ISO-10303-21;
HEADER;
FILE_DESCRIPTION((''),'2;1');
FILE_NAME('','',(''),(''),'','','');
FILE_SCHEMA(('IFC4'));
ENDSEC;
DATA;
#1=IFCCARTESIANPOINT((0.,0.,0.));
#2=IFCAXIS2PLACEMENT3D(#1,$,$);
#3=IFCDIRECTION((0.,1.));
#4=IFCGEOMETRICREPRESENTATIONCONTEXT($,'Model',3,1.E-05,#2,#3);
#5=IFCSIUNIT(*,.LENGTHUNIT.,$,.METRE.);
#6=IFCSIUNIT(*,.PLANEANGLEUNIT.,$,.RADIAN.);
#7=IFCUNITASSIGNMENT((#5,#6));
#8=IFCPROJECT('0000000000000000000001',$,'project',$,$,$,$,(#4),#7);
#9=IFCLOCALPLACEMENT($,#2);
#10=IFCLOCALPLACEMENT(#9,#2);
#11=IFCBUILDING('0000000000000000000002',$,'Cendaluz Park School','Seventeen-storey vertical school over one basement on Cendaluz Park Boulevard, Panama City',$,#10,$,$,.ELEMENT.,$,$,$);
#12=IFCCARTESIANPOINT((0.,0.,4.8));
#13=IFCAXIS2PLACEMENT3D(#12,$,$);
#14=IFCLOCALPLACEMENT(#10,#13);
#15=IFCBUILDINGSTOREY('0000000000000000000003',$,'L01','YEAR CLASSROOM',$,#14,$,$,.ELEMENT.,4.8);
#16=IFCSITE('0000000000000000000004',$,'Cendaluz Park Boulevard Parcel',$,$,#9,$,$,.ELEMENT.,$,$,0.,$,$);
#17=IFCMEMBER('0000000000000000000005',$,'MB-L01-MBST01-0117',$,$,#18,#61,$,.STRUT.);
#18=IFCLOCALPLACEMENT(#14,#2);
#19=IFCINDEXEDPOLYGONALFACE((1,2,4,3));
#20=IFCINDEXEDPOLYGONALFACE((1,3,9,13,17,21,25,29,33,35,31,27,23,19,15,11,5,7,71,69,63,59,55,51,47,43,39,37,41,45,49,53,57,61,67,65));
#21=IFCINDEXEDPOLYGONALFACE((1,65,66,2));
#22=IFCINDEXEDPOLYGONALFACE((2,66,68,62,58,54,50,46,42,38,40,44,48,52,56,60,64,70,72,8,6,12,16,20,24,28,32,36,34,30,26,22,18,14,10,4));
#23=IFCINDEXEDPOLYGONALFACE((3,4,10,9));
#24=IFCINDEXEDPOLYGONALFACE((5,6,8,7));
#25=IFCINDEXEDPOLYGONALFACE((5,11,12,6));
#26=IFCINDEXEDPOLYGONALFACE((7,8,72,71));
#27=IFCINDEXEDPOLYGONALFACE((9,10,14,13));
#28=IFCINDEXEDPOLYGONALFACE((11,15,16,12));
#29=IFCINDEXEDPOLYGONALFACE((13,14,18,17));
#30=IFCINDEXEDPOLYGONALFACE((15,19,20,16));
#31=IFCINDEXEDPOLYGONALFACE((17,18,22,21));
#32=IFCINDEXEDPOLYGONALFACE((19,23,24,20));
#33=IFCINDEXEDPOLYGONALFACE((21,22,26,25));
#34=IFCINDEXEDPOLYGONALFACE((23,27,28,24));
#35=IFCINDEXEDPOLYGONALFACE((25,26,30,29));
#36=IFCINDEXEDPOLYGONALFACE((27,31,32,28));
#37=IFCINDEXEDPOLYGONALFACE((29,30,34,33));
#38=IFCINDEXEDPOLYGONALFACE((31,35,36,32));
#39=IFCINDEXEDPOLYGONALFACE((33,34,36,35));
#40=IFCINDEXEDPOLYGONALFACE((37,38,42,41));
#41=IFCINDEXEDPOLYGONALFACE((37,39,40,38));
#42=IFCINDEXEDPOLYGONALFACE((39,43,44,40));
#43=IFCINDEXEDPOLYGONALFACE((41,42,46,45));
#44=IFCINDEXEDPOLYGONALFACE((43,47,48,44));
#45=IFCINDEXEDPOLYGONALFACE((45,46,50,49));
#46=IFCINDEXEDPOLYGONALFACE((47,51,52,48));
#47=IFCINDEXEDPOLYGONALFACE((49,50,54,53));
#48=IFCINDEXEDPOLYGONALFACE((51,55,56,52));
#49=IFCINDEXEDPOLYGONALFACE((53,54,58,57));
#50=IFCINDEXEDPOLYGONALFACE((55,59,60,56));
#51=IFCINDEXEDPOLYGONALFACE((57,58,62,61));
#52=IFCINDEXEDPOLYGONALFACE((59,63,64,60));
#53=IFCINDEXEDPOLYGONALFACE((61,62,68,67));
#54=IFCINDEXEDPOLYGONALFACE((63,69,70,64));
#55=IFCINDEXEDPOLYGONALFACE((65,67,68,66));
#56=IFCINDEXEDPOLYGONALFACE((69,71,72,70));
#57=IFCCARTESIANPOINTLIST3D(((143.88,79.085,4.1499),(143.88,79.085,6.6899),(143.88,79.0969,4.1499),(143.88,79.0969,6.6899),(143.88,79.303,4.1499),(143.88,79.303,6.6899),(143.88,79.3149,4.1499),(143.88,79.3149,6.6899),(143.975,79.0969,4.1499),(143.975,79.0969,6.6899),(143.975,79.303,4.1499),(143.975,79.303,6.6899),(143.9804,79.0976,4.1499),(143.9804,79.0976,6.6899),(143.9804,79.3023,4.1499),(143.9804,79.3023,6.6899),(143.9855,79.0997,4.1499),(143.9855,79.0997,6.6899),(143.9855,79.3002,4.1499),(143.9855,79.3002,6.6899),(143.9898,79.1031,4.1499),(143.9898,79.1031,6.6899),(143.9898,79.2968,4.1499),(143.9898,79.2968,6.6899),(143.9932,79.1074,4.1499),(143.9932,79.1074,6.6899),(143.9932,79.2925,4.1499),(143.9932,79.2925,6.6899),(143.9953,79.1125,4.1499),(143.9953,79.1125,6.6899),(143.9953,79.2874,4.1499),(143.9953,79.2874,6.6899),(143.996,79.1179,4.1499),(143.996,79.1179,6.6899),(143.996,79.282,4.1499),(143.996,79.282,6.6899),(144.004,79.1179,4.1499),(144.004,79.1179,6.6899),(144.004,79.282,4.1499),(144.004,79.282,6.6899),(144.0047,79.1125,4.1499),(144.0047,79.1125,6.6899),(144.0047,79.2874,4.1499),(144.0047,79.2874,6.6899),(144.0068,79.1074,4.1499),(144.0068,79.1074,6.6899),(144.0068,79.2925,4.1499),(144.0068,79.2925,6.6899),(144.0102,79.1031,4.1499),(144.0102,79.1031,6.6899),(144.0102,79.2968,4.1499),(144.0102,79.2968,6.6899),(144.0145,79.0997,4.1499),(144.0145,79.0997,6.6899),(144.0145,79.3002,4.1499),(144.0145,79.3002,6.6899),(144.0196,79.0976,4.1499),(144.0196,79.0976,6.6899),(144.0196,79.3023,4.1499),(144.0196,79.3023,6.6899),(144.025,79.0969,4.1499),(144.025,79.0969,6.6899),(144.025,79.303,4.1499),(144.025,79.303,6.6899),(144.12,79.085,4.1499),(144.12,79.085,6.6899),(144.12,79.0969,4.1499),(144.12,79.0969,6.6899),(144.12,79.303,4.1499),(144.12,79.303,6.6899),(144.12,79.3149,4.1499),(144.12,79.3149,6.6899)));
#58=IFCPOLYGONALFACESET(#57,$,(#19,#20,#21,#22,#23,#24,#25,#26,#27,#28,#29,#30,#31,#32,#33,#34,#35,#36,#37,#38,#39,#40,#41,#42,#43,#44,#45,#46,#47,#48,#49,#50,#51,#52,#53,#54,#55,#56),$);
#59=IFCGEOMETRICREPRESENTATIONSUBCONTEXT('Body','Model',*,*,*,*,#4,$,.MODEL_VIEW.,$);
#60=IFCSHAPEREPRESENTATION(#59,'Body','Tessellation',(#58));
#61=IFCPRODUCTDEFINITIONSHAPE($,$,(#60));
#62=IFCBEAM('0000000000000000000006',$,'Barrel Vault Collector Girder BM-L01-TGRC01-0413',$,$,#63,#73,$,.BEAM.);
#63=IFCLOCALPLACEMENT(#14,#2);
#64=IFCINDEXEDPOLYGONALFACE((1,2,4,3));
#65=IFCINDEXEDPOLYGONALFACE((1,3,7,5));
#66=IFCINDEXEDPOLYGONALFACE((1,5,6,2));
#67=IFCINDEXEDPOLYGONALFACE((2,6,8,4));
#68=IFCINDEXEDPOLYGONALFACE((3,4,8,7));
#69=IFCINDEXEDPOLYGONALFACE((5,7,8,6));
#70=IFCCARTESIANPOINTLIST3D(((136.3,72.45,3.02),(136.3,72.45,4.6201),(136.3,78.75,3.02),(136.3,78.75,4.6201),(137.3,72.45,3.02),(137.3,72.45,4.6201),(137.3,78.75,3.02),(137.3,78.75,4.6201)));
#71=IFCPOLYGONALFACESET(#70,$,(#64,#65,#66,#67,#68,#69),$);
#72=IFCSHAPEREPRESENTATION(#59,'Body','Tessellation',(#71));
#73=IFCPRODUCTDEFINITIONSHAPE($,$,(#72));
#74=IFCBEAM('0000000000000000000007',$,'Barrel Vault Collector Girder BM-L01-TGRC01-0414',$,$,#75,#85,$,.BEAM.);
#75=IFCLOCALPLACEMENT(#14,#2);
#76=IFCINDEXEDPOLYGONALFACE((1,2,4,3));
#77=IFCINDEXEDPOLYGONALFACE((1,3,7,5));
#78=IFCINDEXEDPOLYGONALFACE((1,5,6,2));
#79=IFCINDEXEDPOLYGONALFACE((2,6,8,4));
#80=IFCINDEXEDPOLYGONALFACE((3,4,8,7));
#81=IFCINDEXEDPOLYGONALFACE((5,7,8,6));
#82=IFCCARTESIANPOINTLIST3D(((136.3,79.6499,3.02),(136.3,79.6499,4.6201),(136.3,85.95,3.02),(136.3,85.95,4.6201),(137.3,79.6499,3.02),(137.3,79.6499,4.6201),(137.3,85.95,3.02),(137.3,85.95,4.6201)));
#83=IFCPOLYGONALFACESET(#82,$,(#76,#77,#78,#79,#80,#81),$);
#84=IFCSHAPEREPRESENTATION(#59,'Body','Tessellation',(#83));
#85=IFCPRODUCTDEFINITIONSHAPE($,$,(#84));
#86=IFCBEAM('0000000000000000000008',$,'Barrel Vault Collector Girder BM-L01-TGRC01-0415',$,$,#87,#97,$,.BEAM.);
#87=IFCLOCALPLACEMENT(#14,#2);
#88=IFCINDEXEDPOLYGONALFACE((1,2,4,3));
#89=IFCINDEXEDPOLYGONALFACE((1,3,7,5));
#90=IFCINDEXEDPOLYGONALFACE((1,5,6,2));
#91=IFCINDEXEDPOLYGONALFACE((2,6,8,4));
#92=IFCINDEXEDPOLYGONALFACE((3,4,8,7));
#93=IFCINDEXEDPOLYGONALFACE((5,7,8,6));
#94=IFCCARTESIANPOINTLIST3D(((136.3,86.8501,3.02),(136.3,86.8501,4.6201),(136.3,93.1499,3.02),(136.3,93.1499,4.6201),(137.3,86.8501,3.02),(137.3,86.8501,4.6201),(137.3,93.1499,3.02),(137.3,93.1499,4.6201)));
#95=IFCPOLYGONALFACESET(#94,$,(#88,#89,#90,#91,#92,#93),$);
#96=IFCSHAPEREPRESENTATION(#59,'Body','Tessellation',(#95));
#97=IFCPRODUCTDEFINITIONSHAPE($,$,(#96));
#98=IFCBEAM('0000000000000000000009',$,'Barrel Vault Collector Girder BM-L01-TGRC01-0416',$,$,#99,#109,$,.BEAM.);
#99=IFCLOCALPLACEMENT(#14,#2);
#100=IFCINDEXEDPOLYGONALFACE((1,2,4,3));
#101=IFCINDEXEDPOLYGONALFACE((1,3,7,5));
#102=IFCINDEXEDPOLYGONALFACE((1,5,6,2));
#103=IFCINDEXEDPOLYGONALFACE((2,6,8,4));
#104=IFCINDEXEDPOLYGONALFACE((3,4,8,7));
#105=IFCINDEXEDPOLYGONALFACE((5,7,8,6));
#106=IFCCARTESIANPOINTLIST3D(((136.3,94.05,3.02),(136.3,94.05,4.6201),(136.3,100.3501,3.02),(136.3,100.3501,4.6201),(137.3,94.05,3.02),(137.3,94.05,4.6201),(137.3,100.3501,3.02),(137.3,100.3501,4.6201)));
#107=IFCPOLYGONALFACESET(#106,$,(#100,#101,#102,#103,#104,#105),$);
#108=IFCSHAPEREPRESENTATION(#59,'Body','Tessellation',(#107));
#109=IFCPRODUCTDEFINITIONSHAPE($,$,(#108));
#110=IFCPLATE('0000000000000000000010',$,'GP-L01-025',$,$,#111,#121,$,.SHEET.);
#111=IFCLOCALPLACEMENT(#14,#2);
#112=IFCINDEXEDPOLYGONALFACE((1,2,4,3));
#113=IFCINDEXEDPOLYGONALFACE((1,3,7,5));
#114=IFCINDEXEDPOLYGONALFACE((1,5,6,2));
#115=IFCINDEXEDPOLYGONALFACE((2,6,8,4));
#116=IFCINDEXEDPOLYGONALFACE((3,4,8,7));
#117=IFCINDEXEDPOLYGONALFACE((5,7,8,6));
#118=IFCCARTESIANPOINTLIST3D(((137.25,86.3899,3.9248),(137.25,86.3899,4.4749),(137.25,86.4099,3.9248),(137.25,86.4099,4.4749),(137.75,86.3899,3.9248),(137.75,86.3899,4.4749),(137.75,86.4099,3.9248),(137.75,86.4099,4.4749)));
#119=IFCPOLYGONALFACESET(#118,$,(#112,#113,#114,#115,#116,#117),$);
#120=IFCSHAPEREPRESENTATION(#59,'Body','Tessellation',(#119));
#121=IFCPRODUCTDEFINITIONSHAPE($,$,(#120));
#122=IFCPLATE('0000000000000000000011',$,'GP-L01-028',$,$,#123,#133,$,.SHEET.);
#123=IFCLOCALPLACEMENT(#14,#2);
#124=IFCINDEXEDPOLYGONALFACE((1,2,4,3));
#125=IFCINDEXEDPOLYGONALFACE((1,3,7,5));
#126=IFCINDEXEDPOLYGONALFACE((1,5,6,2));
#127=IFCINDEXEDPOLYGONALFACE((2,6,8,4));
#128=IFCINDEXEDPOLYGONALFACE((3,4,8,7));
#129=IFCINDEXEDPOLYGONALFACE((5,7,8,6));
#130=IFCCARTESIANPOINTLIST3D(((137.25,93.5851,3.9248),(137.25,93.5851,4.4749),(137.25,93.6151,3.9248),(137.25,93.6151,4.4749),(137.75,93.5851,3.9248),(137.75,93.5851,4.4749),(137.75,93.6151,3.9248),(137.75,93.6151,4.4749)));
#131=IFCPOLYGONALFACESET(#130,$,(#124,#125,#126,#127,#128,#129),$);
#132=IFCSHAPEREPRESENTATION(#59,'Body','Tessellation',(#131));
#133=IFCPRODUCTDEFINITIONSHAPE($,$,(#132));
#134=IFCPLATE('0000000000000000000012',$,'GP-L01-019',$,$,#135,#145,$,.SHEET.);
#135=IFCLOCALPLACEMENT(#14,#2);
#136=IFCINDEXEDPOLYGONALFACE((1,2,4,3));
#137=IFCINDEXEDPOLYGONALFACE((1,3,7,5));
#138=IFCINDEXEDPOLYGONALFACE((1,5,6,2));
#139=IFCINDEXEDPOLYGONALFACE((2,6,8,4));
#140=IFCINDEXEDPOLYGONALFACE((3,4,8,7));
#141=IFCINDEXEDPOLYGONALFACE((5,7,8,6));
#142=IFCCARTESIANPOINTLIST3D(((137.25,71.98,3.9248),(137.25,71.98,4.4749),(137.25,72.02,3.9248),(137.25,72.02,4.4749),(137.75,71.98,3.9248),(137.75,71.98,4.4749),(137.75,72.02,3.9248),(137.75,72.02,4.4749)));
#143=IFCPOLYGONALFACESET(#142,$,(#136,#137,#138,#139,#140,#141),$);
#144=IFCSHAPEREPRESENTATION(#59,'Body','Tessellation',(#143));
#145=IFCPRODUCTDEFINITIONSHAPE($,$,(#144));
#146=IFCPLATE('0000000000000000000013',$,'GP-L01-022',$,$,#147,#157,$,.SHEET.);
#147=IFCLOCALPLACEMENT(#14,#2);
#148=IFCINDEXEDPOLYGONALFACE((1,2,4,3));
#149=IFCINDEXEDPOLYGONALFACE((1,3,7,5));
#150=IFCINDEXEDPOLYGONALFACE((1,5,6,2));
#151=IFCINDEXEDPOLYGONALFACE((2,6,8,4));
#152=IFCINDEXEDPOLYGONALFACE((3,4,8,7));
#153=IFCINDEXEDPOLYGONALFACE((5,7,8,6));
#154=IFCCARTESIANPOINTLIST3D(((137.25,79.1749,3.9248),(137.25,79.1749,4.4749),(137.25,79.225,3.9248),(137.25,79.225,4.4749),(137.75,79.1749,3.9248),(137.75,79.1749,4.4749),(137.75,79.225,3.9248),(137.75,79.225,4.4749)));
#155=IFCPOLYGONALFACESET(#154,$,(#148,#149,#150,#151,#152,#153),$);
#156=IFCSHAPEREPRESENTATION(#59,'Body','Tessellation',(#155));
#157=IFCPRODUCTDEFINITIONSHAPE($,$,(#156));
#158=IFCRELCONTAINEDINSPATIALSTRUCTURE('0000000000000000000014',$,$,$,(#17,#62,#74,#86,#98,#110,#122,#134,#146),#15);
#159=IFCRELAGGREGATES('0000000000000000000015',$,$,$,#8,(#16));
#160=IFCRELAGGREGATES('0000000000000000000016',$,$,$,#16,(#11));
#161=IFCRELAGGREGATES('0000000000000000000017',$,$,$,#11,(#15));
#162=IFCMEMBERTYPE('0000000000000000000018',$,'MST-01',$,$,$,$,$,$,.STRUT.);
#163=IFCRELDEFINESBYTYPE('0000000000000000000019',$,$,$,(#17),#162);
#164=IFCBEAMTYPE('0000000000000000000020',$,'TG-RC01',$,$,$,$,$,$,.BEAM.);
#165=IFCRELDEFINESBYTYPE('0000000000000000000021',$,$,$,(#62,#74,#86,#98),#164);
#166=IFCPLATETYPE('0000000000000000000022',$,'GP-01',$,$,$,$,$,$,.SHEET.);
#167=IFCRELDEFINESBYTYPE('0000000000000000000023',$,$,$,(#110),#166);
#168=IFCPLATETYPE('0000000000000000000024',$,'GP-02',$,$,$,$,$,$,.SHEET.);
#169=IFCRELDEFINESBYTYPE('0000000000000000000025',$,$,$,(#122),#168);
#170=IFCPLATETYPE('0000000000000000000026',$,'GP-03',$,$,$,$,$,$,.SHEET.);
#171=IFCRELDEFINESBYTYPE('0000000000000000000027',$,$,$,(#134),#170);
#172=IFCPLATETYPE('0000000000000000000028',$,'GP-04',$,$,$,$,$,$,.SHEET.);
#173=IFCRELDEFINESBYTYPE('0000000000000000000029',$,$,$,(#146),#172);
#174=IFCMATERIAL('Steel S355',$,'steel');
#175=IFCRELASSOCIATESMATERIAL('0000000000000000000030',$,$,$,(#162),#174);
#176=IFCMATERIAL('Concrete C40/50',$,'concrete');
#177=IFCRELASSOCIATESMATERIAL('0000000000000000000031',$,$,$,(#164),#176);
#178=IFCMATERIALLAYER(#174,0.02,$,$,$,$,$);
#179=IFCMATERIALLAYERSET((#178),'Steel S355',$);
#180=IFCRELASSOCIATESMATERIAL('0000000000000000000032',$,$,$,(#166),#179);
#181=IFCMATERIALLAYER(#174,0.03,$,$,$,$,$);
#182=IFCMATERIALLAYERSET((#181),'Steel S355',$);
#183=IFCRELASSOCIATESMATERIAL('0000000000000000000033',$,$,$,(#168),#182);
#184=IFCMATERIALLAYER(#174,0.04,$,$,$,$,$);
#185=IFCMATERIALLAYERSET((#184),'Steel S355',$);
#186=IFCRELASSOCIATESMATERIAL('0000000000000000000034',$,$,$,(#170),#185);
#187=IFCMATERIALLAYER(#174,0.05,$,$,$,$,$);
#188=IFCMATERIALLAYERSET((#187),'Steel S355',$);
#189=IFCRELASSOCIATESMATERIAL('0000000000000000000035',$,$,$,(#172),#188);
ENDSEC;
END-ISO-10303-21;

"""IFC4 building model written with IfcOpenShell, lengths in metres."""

from ifc_helpers import new_model, si_unit, direction, frame, origin, origin_2d, place, context, subcontext, project, spatial, rectangle, i_section, extrude, material, layer, layer_set, material_profile, profile_set, type_object, element, save


model = new_model("IFC4")

# Units and contexts
model_context = context("Model", 3, precision=1e-05, world=origin(), true_north=direction((0.0, 1.0)))
body_context = subcontext(model_context, "Body", "Model", "MODEL_VIEW")
ifc_project = project(units=[si_unit("LENGTHUNIT", "METRE"), si_unit("PLANEANGLEUNIT", "RADIAN")], contexts=[model_context])

# Site, building, storey
site_placement = place(None, origin())
site = spatial("IfcSite", under=ifc_project, at=site_placement, Name="Cendaluz Park Boulevard Parcel", CompositionType="ELEMENT", RefElevation=0.0)
building_placement = place(site_placement, origin())
building = spatial("IfcBuilding", under=site, at=building_placement, Name="Cendaluz Park School", Description="Seventeen-storey vertical school over one basement on Cendaluz Park Boulevard, Panama City", CompositionType="ELEMENT")
storey_placement = place(building_placement, frame((0.0, 0.0, 4.8)))
storey = spatial("IfcBuildingStorey", under=building, at=storey_placement, Name="L01", Description="YEAR CLASSROOM", CompositionType="ELEMENT", Elevation=4.8)

# Shared definitions
ifc_material_1 = material(Name="Concrete C40/50", Category="concrete")

# Shared definitions
ifc_material_2 = material(Name="Steel S355", Category="steel")

# Member
ifc_material_profile_1 = material_profile(ifc_material_2, i_section(OverallWidth=0.24, OverallDepth=0.23, WebThickness=0.0081, FlangeThickness=0.012, FilletRadius=0.021, at=origin_2d()), Name="HEA 240", Category="steel")
ifc_profile_set_1 = profile_set([ifc_material_profile_1], Name="Steel S355")
member_type_1 = type_object("IfcMemberType", Name="MST-01", PredefinedType="STRUT", material=ifc_profile_set_1)
for number, where, z_axis, x_axis, name in (
    (1, (144.0, 79.2, 4.1499), (0.0, 0.0, 1.0), (1.0, 0.0, 0.0), "MB-L01-MBST01-0117"),
):
    element("IfcMember", number, at=place(storey_placement, frame(where, z_axis=z_axis, x_axis=x_axis)), inside=storey, type_object=member_type_1, Name=name, PredefinedType="STRUT", context=body_context, shape_type="SweptSolid", body=[
        extrude(i_section(OverallWidth=0.24, OverallDepth=0.23, WebThickness=0.0081, FlangeThickness=0.012, FilletRadius=0.021, at=origin_2d()), origin(), (0.0, 0.0, 1.0), 2.54),
    ])

# Beams
ifc_material_profile_2 = material_profile(ifc_material_1, rectangle(XDim=1.0, YDim=1.6001, at=origin_2d()), Name="RC 1000x1600", Category="concrete")
ifc_profile_set_2 = profile_set([ifc_material_profile_2], Name="Concrete C40/50")
beam_type_1 = type_object("IfcBeamType", Name="TG-RC01", PredefinedType="BEAM", material=ifc_profile_set_2)
for number, where, z_axis, x_axis, name in (
    (2, (136.8, 72.45, 3.8201), (0.0, 1.0, 0.0), (-1.0, 0.0, 0.0), "Barrel Vault Collector Girder BM-L01-TGRC01-0413"),
    (3, (136.8, 79.6499, 3.8201), (0.0, 1.0, 0.0), (-1.0, 0.0, 0.0), "Barrel Vault Collector Girder BM-L01-TGRC01-0414"),
):
    element("IfcBeam", number, at=place(storey_placement, frame(where, z_axis=z_axis, x_axis=x_axis)), inside=storey, type_object=beam_type_1, Name=name, PredefinedType="BEAM", context=body_context, shape_type="SweptSolid", body=[
        extrude(rectangle(XDim=1.0, YDim=1.6001, at=origin_2d()), origin(), (0.0, 0.0, 1.0), 6.3),
    ])
beam_1_placement = place(storey_placement, frame((136.8, 86.8501, 3.8201), z_axis=(0.0, 1.0, 0.0), x_axis=(-1.0, 0.0, 0.0)))
element("IfcBeam", 4, at=beam_1_placement, inside=storey, type_object=beam_type_1, Name="Barrel Vault Collector Girder BM-L01-TGRC01-0415", PredefinedType="BEAM", context=body_context, shape_type="SweptSolid", body=[
    extrude(rectangle(XDim=1.0, YDim=1.6001, at=origin_2d()), origin(), (0.0, 0.0, 1.0), 6.2998),
])
beam_2_placement = place(storey_placement, frame((136.8, 94.05, 3.8201), z_axis=(0.0, 1.0, 0.0), x_axis=(-1.0, 0.0, 0.0)))
element("IfcBeam", 5, at=beam_2_placement, inside=storey, type_object=beam_type_1, Name="Barrel Vault Collector Girder BM-L01-TGRC01-0416", PredefinedType="BEAM", context=body_context, shape_type="SweptSolid", body=[
    extrude(rectangle(XDim=1.0, YDim=1.6001, at=origin_2d()), origin(), (0.0, 0.0, 1.0), 6.3),
])

# Plates
ifc_layer_1 = layer(ifc_material_2, 0.02)
ifc_layer_set_1 = layer_set([ifc_layer_1], Name="Steel S355")
plate_type_1 = type_object("IfcPlateType", Name="GP-01", PredefinedType="SHEET", material=ifc_layer_set_1)
plate_1_placement = place(storey_placement, frame((137.5, 86.3999, 3.9248), z_axis=(0.0, 0.0, 1.0), x_axis=(1.0, 0.0, 0.0)))
element("IfcPlate", 6, at=plate_1_placement, inside=storey, type_object=plate_type_1, Name="GP-L01-025", PredefinedType="SHEET", context=body_context, shape_type="SweptSolid", body=[
    extrude(rectangle(XDim=0.5, YDim=0.02, at=origin_2d()), origin(), (0.0, 0.0, 1.0), 0.55),
])
ifc_layer_2 = layer(ifc_material_2, 0.03)
ifc_layer_set_2 = layer_set([ifc_layer_2], Name="Steel S355")
plate_type_2 = type_object("IfcPlateType", Name="GP-02", PredefinedType="SHEET", material=ifc_layer_set_2)
plate_2_placement = place(storey_placement, frame((137.5, 93.6001, 3.9248), z_axis=(0.0, 0.0, 1.0), x_axis=(1.0, 0.0, 0.0)))
element("IfcPlate", 7, at=plate_2_placement, inside=storey, type_object=plate_type_2, Name="GP-L01-028", PredefinedType="SHEET", context=body_context, shape_type="SweptSolid", body=[
    extrude(rectangle(XDim=0.5, YDim=0.03, at=origin_2d()), origin(), (0.0, 0.0, 1.0), 0.55),
])
ifc_layer_3 = layer(ifc_material_2, 0.04)
ifc_layer_set_3 = layer_set([ifc_layer_3], Name="Steel S355")
plate_type_3 = type_object("IfcPlateType", Name="GP-03", PredefinedType="SHEET", material=ifc_layer_set_3)
plate_3_placement = place(storey_placement, frame((137.5, 72.0, 3.9248), z_axis=(0.0, 0.0, 1.0), x_axis=(1.0, 0.0, 0.0)))
element("IfcPlate", 8, at=plate_3_placement, inside=storey, type_object=plate_type_3, Name="GP-L01-019", PredefinedType="SHEET", context=body_context, shape_type="SweptSolid", body=[
    extrude(rectangle(XDim=0.5, YDim=0.04, at=origin_2d()), origin(), (0.0, 0.0, 1.0), 0.55),
])
ifc_layer_4 = layer(ifc_material_2, 0.05)
ifc_layer_set_4 = layer_set([ifc_layer_4], Name="Steel S355")
plate_type_4 = type_object("IfcPlateType", Name="GP-04", PredefinedType="SHEET", material=ifc_layer_set_4)
plate_4_placement = place(storey_placement, frame((137.5, 79.2, 3.9248), z_axis=(0.0, 0.0, 1.0), x_axis=(1.0, 0.0, 0.0)))
element("IfcPlate", 9, at=plate_4_placement, inside=storey, type_object=plate_type_4, Name="GP-L01-022", PredefinedType="SHEET", context=body_context, shape_type="SweptSolid", body=[
    extrude(rectangle(XDim=0.5, YDim=0.05, at=origin_2d()), origin(), (0.0, 0.0, 1.0), 0.55),
])

save(model, "model.ifc")
